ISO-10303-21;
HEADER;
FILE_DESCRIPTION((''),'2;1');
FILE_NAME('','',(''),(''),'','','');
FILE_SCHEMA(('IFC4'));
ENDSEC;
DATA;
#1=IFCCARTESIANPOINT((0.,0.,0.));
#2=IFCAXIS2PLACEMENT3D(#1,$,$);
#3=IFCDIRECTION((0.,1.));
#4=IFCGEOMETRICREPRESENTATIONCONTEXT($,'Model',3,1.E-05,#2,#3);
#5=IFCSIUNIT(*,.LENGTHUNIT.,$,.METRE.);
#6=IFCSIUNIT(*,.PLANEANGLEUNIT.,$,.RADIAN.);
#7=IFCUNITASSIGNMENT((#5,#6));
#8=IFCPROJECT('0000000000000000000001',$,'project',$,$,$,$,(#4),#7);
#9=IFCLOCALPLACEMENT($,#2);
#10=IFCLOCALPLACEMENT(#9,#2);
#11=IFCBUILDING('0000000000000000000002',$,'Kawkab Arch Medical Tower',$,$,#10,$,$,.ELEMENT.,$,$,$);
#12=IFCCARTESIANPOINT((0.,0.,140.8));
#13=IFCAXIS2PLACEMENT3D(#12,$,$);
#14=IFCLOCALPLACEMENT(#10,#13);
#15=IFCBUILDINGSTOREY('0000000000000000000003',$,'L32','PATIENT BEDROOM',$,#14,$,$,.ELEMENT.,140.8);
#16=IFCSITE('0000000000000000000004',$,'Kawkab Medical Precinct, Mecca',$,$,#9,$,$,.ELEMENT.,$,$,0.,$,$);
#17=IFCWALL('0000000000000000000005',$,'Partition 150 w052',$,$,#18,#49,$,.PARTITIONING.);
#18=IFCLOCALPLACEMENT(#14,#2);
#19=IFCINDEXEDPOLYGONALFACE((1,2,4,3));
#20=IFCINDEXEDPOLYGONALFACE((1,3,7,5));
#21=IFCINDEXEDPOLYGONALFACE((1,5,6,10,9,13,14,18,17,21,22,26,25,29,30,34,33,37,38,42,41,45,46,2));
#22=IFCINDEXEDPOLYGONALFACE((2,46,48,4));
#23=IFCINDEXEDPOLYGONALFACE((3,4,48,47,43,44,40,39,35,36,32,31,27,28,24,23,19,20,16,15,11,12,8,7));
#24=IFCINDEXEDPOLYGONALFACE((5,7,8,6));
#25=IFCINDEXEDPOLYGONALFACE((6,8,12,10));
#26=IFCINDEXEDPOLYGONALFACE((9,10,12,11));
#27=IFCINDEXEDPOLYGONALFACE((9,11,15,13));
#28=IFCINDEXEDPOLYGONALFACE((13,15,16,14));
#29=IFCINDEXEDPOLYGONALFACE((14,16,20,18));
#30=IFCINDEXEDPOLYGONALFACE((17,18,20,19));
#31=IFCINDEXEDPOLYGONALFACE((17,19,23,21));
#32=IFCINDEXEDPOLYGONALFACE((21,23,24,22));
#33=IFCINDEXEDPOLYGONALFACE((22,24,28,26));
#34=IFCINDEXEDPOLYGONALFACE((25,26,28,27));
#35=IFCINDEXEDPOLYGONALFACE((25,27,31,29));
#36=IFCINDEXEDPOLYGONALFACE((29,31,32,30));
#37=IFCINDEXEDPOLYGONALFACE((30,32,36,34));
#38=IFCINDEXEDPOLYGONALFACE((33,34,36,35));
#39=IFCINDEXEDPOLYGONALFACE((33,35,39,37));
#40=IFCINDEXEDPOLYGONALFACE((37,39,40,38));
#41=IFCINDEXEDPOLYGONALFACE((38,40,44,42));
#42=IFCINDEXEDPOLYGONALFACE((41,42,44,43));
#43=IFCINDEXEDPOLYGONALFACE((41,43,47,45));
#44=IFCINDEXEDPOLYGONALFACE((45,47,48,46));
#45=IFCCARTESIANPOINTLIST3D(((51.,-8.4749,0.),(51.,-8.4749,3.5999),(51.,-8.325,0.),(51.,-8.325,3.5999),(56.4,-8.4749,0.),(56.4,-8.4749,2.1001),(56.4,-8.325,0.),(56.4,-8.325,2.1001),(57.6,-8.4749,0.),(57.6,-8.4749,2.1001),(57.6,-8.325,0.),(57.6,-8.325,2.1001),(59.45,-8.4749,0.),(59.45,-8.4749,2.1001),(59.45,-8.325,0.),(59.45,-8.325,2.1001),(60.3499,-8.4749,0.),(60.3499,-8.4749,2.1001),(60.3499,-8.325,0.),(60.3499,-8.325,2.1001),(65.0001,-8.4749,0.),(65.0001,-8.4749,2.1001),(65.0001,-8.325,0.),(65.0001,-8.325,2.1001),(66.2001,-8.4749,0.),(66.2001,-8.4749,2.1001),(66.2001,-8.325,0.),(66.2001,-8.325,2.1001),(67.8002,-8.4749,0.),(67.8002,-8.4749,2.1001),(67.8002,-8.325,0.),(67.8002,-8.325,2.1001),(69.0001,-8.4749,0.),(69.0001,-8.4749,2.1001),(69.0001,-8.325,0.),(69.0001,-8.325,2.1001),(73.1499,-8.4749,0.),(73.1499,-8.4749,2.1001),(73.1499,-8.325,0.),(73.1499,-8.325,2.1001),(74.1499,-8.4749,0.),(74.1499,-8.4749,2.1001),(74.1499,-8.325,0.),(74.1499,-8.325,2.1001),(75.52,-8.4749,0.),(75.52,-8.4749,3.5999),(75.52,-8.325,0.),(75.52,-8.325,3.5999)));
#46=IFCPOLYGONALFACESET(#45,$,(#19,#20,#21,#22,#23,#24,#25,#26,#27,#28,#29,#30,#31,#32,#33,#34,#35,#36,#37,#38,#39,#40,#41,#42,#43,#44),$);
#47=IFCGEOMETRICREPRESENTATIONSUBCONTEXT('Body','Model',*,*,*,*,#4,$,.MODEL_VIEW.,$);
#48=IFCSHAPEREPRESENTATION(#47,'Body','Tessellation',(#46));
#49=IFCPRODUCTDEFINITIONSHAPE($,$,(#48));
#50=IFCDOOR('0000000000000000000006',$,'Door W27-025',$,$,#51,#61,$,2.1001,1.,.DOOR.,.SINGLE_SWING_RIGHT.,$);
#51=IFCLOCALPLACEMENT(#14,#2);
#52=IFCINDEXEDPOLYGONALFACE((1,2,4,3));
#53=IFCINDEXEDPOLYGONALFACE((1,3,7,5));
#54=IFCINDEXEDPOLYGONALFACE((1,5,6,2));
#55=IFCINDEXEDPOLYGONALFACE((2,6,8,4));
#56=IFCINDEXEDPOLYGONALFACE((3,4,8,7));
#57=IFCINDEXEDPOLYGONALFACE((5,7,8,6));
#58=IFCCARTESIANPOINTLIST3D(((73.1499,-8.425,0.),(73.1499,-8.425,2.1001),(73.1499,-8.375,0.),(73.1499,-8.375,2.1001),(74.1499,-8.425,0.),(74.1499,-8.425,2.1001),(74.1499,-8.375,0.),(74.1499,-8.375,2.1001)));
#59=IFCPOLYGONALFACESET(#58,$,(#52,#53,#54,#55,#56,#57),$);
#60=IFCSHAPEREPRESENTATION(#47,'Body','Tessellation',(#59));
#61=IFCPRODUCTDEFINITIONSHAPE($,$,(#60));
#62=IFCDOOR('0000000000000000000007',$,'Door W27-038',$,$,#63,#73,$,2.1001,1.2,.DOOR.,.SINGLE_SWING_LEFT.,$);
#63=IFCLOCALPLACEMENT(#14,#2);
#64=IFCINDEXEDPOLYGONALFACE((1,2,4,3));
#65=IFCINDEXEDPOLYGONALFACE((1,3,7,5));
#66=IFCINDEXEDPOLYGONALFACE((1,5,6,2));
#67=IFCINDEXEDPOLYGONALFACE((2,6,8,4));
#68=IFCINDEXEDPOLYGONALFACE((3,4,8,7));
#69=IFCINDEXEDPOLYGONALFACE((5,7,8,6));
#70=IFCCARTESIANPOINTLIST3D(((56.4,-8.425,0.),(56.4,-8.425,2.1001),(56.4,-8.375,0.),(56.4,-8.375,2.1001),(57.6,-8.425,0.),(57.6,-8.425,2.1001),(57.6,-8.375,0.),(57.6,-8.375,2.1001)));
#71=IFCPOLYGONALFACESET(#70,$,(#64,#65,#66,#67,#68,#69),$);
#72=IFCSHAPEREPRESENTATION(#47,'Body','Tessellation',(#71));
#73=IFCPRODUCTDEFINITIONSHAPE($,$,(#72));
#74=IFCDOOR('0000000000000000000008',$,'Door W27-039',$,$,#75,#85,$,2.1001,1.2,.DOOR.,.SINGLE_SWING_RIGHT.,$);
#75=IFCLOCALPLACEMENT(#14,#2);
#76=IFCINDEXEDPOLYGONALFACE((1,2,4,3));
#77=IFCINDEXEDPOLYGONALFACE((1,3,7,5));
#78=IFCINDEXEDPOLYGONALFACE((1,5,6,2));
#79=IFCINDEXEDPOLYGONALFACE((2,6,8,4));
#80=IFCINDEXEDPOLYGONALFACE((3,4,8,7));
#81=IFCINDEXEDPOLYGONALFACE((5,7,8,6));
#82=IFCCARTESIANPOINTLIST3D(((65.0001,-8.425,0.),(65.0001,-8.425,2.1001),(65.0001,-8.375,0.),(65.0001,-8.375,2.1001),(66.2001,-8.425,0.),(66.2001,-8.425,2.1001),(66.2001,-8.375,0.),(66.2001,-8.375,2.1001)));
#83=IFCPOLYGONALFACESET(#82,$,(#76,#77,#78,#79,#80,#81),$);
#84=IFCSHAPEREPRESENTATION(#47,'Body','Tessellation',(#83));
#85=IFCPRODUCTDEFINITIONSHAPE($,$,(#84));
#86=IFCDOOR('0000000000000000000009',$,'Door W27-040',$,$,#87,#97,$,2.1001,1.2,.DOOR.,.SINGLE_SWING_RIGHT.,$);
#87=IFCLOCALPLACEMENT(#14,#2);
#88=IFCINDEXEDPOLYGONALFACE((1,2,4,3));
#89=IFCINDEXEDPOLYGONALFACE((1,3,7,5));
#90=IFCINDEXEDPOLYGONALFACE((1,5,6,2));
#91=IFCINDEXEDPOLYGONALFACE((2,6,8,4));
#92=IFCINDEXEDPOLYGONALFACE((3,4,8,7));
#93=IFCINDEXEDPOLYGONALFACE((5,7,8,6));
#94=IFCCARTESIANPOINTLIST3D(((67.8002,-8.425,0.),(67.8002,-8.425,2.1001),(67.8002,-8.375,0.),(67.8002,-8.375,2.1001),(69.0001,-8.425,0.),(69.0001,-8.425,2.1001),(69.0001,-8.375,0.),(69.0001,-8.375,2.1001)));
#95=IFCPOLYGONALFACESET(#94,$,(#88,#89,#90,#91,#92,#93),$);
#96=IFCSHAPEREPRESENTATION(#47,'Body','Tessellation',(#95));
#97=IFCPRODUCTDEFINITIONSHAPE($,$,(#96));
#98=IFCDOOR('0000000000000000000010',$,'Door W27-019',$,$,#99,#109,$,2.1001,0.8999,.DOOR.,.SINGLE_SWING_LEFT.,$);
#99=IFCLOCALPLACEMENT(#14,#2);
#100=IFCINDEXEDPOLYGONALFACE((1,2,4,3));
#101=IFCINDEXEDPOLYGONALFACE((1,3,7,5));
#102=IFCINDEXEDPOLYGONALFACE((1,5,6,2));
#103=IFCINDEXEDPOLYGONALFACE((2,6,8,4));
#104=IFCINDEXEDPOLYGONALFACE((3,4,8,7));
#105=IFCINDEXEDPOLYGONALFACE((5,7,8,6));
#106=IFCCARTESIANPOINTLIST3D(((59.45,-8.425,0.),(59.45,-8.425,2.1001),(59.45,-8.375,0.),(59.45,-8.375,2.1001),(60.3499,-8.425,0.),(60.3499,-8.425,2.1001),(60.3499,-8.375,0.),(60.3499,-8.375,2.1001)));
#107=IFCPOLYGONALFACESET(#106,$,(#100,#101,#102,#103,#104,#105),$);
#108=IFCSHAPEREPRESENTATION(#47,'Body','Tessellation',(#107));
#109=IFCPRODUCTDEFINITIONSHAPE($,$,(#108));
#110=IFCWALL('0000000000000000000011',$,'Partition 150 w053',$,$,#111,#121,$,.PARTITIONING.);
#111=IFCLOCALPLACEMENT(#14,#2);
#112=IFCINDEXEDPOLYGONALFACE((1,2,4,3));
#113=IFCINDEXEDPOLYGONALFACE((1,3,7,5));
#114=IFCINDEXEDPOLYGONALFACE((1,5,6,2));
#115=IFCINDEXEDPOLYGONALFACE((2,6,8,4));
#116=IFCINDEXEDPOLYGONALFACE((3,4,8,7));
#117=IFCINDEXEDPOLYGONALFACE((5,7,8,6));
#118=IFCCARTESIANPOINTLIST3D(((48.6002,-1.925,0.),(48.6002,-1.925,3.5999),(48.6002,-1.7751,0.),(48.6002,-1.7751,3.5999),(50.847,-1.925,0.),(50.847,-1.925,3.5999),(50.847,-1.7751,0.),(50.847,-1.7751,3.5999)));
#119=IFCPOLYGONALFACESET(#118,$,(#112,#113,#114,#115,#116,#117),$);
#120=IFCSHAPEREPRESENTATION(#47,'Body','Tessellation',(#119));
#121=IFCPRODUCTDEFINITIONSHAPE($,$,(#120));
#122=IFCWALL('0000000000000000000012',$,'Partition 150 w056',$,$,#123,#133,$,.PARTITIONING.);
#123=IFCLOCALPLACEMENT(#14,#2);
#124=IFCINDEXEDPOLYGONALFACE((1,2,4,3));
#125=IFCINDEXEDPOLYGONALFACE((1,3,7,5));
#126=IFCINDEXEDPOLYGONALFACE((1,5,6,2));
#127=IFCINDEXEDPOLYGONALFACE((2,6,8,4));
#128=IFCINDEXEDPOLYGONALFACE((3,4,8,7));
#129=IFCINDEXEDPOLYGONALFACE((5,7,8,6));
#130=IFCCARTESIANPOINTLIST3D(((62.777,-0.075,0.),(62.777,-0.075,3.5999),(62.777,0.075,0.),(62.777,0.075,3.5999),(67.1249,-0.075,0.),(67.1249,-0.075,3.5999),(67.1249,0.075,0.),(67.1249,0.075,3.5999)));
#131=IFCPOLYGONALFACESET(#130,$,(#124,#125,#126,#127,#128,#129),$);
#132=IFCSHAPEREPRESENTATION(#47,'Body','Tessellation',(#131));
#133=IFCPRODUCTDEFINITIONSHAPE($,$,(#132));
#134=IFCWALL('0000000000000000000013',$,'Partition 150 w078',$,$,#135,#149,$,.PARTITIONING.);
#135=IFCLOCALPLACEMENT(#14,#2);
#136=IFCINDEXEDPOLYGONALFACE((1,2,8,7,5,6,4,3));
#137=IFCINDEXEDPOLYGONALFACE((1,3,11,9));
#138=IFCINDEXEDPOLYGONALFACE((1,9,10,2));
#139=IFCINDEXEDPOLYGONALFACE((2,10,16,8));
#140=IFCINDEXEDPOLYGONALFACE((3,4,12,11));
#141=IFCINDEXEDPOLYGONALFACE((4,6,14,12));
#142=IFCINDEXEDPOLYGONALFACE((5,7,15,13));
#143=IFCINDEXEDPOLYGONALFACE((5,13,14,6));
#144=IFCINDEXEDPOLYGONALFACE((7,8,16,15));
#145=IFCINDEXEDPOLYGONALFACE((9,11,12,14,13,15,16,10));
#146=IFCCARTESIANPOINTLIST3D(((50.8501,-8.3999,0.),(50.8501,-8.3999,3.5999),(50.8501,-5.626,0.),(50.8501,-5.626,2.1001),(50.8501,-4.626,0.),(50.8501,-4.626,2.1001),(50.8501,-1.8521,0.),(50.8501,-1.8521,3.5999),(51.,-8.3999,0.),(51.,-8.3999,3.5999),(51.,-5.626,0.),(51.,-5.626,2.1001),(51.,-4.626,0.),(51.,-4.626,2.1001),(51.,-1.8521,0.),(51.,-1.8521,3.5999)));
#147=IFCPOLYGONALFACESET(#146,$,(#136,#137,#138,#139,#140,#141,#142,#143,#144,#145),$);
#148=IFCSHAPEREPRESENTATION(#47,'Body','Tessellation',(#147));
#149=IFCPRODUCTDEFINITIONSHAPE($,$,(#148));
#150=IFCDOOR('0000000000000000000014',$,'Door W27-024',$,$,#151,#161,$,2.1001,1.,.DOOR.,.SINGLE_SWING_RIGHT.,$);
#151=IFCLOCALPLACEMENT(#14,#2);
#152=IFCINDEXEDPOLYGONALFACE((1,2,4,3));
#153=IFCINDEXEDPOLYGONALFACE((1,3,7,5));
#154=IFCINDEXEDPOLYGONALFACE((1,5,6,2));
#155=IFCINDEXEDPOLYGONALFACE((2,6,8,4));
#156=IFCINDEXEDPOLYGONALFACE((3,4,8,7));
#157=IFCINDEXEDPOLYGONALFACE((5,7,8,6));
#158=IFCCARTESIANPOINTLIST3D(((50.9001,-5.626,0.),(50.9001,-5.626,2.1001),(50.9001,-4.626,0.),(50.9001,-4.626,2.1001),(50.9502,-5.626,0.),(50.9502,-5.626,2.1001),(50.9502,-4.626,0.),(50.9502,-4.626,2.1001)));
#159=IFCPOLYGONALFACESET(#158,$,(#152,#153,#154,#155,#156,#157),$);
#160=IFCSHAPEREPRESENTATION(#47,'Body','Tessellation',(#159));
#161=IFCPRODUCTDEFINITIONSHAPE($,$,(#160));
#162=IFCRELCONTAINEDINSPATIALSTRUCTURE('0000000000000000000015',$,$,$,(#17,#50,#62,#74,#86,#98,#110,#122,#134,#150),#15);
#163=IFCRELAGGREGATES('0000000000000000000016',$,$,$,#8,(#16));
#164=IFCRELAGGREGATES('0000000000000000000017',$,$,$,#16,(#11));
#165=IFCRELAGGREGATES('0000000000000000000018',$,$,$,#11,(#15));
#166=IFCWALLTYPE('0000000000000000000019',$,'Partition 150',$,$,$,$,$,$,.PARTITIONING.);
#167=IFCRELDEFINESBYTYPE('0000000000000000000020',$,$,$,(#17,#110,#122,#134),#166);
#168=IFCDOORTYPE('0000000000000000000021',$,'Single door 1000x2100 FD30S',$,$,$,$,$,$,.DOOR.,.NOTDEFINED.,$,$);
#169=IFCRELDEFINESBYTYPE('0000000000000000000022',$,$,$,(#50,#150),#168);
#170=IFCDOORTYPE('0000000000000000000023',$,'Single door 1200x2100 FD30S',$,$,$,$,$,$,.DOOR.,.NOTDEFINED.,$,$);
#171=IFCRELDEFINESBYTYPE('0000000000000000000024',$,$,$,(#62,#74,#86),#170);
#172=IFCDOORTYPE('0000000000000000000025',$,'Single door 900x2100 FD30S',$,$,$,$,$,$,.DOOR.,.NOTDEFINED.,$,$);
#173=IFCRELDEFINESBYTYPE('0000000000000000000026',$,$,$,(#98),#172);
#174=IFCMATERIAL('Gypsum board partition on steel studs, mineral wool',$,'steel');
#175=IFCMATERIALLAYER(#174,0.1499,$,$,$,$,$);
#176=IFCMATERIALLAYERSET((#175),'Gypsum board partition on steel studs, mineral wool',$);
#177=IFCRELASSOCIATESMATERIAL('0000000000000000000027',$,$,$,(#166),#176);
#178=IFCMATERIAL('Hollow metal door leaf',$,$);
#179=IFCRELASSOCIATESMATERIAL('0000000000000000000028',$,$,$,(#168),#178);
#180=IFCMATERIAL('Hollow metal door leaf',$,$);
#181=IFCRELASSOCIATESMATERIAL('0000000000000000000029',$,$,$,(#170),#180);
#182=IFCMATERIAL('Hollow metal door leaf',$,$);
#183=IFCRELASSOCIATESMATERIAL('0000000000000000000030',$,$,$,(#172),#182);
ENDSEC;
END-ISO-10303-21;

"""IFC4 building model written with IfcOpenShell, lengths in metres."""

from ifc_helpers import new_model, si_unit, direction, frame, frame_2d, origin, place, context, subcontext, project, spatial, rectangle, extrude, material, layer, layer_set, type_object, element, fill, save


model = new_model("IFC4")

# Units and contexts
model_context = context("Model", 3, precision=1e-05, world=origin(), true_north=direction((0.0, 1.0)))
body_context = subcontext(model_context, "Body", "Model", "MODEL_VIEW")
ifc_project = project(units=[si_unit("LENGTHUNIT", "METRE"), si_unit("PLANEANGLEUNIT", "RADIAN")], contexts=[model_context])

# Site, building, storey
site_placement = place(None, origin())
site = spatial("IfcSite", under=ifc_project, at=site_placement, Name="Kawkab Medical Precinct, Mecca", CompositionType="ELEMENT", RefElevation=0.0)
building_placement = place(site_placement, origin())
building = spatial("IfcBuilding", under=site, at=building_placement, Name="Kawkab Arch Medical Tower", CompositionType="ELEMENT")
storey_placement = place(building_placement, frame((0.0, 0.0, 140.8)))
storey = spatial("IfcBuildingStorey", under=building, at=storey_placement, Name="L32", Description="PATIENT BEDROOM", CompositionType="ELEMENT", Elevation=140.8)

# Wall, openings, doors
ifc_material_1 = material(Name="Gypsum board partition on steel studs, mineral wool", Category="steel")
ifc_layer_1 = layer(ifc_material_1, 0.1499)
ifc_layer_set_1 = layer_set([ifc_layer_1], Name="Gypsum board partition on steel studs, mineral wool")
wall_type_1 = type_object("IfcWallType", Name="Partition 150", PredefinedType="PARTITIONING", material=ifc_layer_set_1)
wall_1_placement = place(storey_placement, frame((51.0, -8.3999, 0.0), z_axis=(0.0, 0.0, 1.0), x_axis=(1.0, 0.0, 0.0)))
wall_1 = element("IfcWall", 1, at=wall_1_placement, inside=storey, type_object=wall_type_1, Name="Partition 150 w052", PredefinedType="PARTITIONING", context=body_context, shape_type="SweptSolid", body=[
    extrude(rectangle(XDim=24.52, YDim=0.1499, at=frame_2d((12.26, 0.0))), origin(), (0.0, 0.0, 1.0), 3.5999),
])
opening_1_placement = place(wall_1_placement, frame((5.3999, 0.0, 0.0)))
opening_1 = element("IfcOpeningElement", 2, at=opening_1_placement, cuts=wall_1, PredefinedType="OPENING", context=body_context, shape_type="SweptSolid", body=[
    extrude(rectangle(XDim=1.2, YDim=2.1001, at=frame_2d((0.6001, 1.05))), frame((0.0, 0.085, 0.0), z_axis=(0.0, -1.0, 0.0), x_axis=(1.0, 0.0, 0.0)), (0.0, 0.0, 1.0), 0.1699),
])
opening_2_placement = place(wall_1_placement, frame((8.45, 0.0, 0.0)))
opening_2 = element("IfcOpeningElement", 3, at=opening_2_placement, cuts=wall_1, PredefinedType="OPENING", context=body_context, shape_type="SweptSolid", body=[
    extrude(rectangle(XDim=0.8999, YDim=2.1001, at=frame_2d((0.45, 1.05))), frame((0.0, 0.085, 0.0), z_axis=(0.0, -1.0, 0.0), x_axis=(1.0, 0.0, 0.0)), (0.0, 0.0, 1.0), 0.1699),
])
opening_3_placement = place(wall_1_placement, frame((14.0, 0.0, 0.0)))
opening_3 = element("IfcOpeningElement", 4, at=opening_3_placement, cuts=wall_1, PredefinedType="OPENING", context=body_context, shape_type="SweptSolid", body=[
    extrude(rectangle(XDim=1.2, YDim=2.1001, at=frame_2d((0.6001, 1.05))), frame((0.0, 0.085, 0.0), z_axis=(0.0, -1.0, 0.0), x_axis=(1.0, 0.0, 0.0)), (0.0, 0.0, 1.0), 0.1699),
])
opening_4_placement = place(wall_1_placement, frame((16.8, 0.0, 0.0)))
opening_4 = element("IfcOpeningElement", 5, at=opening_4_placement, cuts=wall_1, PredefinedType="OPENING", context=body_context, shape_type="SweptSolid", body=[
    extrude(rectangle(XDim=1.2, YDim=2.1001, at=frame_2d((0.6001, 1.05))), frame((0.0, 0.085, 0.0), z_axis=(0.0, -1.0, 0.0), x_axis=(1.0, 0.0, 0.0)), (0.0, 0.0, 1.0), 0.1699),
])
opening_5_placement = place(wall_1_placement, frame((22.1499, 0.0, 0.0)))
opening_5 = element("IfcOpeningElement", 6, at=opening_5_placement, cuts=wall_1, PredefinedType="OPENING", context=body_context, shape_type="SweptSolid", body=[
    extrude(rectangle(XDim=1.0, YDim=2.1001, at=frame_2d((0.5, 1.05))), frame((0.0, 0.085, 0.0), z_axis=(0.0, -1.0, 0.0), x_axis=(1.0, 0.0, 0.0)), (0.0, 0.0, 1.0), 0.1699),
])
ifc_material_2 = material(Name="Hollow metal door leaf")
door_type_1 = type_object("IfcDoorType", Name="Single door 1000x2100 FD30S", OperationType="NOTDEFINED", PredefinedType="DOOR", material=ifc_material_2)
door_1_placement = place(opening_5_placement, origin())
door_1 = element("IfcDoor", 7, at=door_1_placement, inside=storey, type_object=door_type_1, Name="Door W27-025", OperationType="SINGLE_SWING_RIGHT", OverallHeight=2.1001, OverallWidth=1.0, PredefinedType="DOOR", context=body_context, shape_type="SweptSolid", body=[
    extrude(rectangle(XDim=1.0, YDim=2.1001, at=frame_2d((0.5, 1.05))), frame((0.0, 0.0249, 0.0), z_axis=(0.0, -1.0, 0.0), x_axis=(1.0, 0.0, 0.0)), (0.0, 0.0, 1.0), 0.05),
])
fill(opening_5, door_1)
ifc_material_3 = material(Name="Hollow metal door leaf")
door_type_2 = type_object("IfcDoorType", Name="Single door 1200x2100 FD30S", OperationType="NOTDEFINED", PredefinedType="DOOR", material=ifc_material_3)
door_2_placement = place(opening_1_placement, origin())
door_2 = element("IfcDoor", 8, at=door_2_placement, inside=storey, type_object=door_type_2, Name="Door W27-038", OperationType="SINGLE_SWING_LEFT", OverallHeight=2.1001, OverallWidth=1.2, PredefinedType="DOOR", context=body_context, shape_type="SweptSolid", body=[
    extrude(rectangle(XDim=1.2, YDim=2.1001, at=frame_2d((0.6001, 1.05))), frame((0.0, 0.0249, 0.0), z_axis=(0.0, -1.0, 0.0), x_axis=(1.0, 0.0, 0.0)), (0.0, 0.0, 1.0), 0.05),
])
fill(opening_1, door_2)
door_3_placement = place(opening_3_placement, origin())
door_3 = element("IfcDoor", 9, at=door_3_placement, inside=storey, type_object=door_type_2, Name="Door W27-039", OperationType="SINGLE_SWING_RIGHT", OverallHeight=2.1001, OverallWidth=1.2, PredefinedType="DOOR", context=body_context, shape_type="SweptSolid", body=[
    extrude(rectangle(XDim=1.2, YDim=2.1001, at=frame_2d((0.6001, 1.05))), frame((0.0, 0.0249, 0.0), z_axis=(0.0, -1.0, 0.0), x_axis=(1.0, 0.0, 0.0)), (0.0, 0.0, 1.0), 0.05),
])
fill(opening_3, door_3)
door_4_placement = place(opening_4_placement, origin())
door_4 = element("IfcDoor", 10, at=door_4_placement, inside=storey, type_object=door_type_2, Name="Door W27-040", OperationType="SINGLE_SWING_RIGHT", OverallHeight=2.1001, OverallWidth=1.2, PredefinedType="DOOR", context=body_context, shape_type="SweptSolid", body=[
    extrude(rectangle(XDim=1.2, YDim=2.1001, at=frame_2d((0.6001, 1.05))), frame((0.0, 0.0249, 0.0), z_axis=(0.0, -1.0, 0.0), x_axis=(1.0, 0.0, 0.0)), (0.0, 0.0, 1.0), 0.05),
])
fill(opening_4, door_4)
ifc_material_4 = material(Name="Hollow metal door leaf")
door_type_3 = type_object("IfcDoorType", Name="Single door 900x2100 FD30S", OperationType="NOTDEFINED", PredefinedType="DOOR", material=ifc_material_4)
door_5_placement = place(opening_2_placement, origin())
door_5 = element("IfcDoor", 11, at=door_5_placement, inside=storey, type_object=door_type_3, Name="Door W27-019", OperationType="SINGLE_SWING_LEFT", OverallHeight=2.1001, OverallWidth=0.8999, PredefinedType="DOOR", context=body_context, shape_type="SweptSolid", body=[
    extrude(rectangle(XDim=0.8999, YDim=2.1001, at=frame_2d((0.45, 1.05))), frame((0.0, 0.0249, 0.0), z_axis=(0.0, -1.0, 0.0), x_axis=(1.0, 0.0, 0.0)), (0.0, 0.0, 1.0), 0.05),
])
fill(opening_2, door_5)

# Walls
wall_2_placement = place(storey_placement, frame((48.6001, -1.8501, 0.0), z_axis=(0.0, 0.0, 1.0), x_axis=(1.0, 0.0, 0.0)))
element("IfcWall", 12, at=wall_2_placement, inside=storey, type_object=wall_type_1, Name="Partition 150 w053", PredefinedType="PARTITIONING", context=body_context, shape_type="SweptSolid", body=[
    extrude(rectangle(XDim=2.2468, YDim=0.1499, at=frame_2d((1.1235, 0.0))), origin(), (0.0, 0.0, 1.0), 3.5999),
])
wall_3_placement = place(storey_placement, frame((62.7771, 0.0, 0.0), z_axis=(0.0, 0.0, 1.0), x_axis=(1.0, 0.0, 0.0)))
element("IfcWall", 13, at=wall_3_placement, inside=storey, type_object=wall_type_1, Name="Partition 150 w056", PredefinedType="PARTITIONING", context=body_context, shape_type="SweptSolid", body=[
    extrude(rectangle(XDim=4.3479, YDim=0.1499, at=frame_2d((2.1738, 0.0))), origin(), (0.0, 0.0, 1.0), 3.5999),
])

# Wall, opening, door
wall_4_placement = place(storey_placement, frame((50.925, -8.3999, 0.0), z_axis=(0.0, 0.0, 1.0), x_axis=(0.0, 1.0, 0.0)))
wall_4 = element("IfcWall", 14, at=wall_4_placement, inside=storey, type_object=wall_type_1, Name="Partition 150 w078", PredefinedType="PARTITIONING", context=body_context, shape_type="SweptSolid", body=[
    extrude(rectangle(XDim=6.5479, YDim=0.1499, at=frame_2d((3.2739, 0.0))), origin(), (0.0, 0.0, 1.0), 3.5999),
])
opening_6_placement = place(wall_4_placement, frame((2.7739, 0.0, 0.0)))
opening_6 = element("IfcOpeningElement", 15, at=opening_6_placement, cuts=wall_4, PredefinedType="OPENING", context=body_context, shape_type="SweptSolid", body=[
    extrude(rectangle(XDim=1.0, YDim=2.1001, at=frame_2d((0.5, 1.05))), frame((0.0, 0.085, 0.0), z_axis=(0.0, -1.0, 0.0), x_axis=(1.0, 0.0, 0.0)), (0.0, 0.0, 1.0), 0.1699),
])
door_6_placement = place(opening_6_placement, origin())
door_6 = element("IfcDoor", 16, at=door_6_placement, inside=storey, type_object=door_type_1, Name="Door W27-024", OperationType="SINGLE_SWING_RIGHT", OverallHeight=2.1001, OverallWidth=1.0, PredefinedType="DOOR", context=body_context, shape_type="SweptSolid", body=[
    extrude(rectangle(XDim=1.0, YDim=2.1001, at=frame_2d((0.5, 1.05))), frame((0.0, 0.0249, 0.0), z_axis=(0.0, -1.0, 0.0), x_axis=(1.0, 0.0, 0.0)), (0.0, 0.0, 1.0), 0.05),
])
fill(opening_6, door_6)

save(model, "model.ifc")
